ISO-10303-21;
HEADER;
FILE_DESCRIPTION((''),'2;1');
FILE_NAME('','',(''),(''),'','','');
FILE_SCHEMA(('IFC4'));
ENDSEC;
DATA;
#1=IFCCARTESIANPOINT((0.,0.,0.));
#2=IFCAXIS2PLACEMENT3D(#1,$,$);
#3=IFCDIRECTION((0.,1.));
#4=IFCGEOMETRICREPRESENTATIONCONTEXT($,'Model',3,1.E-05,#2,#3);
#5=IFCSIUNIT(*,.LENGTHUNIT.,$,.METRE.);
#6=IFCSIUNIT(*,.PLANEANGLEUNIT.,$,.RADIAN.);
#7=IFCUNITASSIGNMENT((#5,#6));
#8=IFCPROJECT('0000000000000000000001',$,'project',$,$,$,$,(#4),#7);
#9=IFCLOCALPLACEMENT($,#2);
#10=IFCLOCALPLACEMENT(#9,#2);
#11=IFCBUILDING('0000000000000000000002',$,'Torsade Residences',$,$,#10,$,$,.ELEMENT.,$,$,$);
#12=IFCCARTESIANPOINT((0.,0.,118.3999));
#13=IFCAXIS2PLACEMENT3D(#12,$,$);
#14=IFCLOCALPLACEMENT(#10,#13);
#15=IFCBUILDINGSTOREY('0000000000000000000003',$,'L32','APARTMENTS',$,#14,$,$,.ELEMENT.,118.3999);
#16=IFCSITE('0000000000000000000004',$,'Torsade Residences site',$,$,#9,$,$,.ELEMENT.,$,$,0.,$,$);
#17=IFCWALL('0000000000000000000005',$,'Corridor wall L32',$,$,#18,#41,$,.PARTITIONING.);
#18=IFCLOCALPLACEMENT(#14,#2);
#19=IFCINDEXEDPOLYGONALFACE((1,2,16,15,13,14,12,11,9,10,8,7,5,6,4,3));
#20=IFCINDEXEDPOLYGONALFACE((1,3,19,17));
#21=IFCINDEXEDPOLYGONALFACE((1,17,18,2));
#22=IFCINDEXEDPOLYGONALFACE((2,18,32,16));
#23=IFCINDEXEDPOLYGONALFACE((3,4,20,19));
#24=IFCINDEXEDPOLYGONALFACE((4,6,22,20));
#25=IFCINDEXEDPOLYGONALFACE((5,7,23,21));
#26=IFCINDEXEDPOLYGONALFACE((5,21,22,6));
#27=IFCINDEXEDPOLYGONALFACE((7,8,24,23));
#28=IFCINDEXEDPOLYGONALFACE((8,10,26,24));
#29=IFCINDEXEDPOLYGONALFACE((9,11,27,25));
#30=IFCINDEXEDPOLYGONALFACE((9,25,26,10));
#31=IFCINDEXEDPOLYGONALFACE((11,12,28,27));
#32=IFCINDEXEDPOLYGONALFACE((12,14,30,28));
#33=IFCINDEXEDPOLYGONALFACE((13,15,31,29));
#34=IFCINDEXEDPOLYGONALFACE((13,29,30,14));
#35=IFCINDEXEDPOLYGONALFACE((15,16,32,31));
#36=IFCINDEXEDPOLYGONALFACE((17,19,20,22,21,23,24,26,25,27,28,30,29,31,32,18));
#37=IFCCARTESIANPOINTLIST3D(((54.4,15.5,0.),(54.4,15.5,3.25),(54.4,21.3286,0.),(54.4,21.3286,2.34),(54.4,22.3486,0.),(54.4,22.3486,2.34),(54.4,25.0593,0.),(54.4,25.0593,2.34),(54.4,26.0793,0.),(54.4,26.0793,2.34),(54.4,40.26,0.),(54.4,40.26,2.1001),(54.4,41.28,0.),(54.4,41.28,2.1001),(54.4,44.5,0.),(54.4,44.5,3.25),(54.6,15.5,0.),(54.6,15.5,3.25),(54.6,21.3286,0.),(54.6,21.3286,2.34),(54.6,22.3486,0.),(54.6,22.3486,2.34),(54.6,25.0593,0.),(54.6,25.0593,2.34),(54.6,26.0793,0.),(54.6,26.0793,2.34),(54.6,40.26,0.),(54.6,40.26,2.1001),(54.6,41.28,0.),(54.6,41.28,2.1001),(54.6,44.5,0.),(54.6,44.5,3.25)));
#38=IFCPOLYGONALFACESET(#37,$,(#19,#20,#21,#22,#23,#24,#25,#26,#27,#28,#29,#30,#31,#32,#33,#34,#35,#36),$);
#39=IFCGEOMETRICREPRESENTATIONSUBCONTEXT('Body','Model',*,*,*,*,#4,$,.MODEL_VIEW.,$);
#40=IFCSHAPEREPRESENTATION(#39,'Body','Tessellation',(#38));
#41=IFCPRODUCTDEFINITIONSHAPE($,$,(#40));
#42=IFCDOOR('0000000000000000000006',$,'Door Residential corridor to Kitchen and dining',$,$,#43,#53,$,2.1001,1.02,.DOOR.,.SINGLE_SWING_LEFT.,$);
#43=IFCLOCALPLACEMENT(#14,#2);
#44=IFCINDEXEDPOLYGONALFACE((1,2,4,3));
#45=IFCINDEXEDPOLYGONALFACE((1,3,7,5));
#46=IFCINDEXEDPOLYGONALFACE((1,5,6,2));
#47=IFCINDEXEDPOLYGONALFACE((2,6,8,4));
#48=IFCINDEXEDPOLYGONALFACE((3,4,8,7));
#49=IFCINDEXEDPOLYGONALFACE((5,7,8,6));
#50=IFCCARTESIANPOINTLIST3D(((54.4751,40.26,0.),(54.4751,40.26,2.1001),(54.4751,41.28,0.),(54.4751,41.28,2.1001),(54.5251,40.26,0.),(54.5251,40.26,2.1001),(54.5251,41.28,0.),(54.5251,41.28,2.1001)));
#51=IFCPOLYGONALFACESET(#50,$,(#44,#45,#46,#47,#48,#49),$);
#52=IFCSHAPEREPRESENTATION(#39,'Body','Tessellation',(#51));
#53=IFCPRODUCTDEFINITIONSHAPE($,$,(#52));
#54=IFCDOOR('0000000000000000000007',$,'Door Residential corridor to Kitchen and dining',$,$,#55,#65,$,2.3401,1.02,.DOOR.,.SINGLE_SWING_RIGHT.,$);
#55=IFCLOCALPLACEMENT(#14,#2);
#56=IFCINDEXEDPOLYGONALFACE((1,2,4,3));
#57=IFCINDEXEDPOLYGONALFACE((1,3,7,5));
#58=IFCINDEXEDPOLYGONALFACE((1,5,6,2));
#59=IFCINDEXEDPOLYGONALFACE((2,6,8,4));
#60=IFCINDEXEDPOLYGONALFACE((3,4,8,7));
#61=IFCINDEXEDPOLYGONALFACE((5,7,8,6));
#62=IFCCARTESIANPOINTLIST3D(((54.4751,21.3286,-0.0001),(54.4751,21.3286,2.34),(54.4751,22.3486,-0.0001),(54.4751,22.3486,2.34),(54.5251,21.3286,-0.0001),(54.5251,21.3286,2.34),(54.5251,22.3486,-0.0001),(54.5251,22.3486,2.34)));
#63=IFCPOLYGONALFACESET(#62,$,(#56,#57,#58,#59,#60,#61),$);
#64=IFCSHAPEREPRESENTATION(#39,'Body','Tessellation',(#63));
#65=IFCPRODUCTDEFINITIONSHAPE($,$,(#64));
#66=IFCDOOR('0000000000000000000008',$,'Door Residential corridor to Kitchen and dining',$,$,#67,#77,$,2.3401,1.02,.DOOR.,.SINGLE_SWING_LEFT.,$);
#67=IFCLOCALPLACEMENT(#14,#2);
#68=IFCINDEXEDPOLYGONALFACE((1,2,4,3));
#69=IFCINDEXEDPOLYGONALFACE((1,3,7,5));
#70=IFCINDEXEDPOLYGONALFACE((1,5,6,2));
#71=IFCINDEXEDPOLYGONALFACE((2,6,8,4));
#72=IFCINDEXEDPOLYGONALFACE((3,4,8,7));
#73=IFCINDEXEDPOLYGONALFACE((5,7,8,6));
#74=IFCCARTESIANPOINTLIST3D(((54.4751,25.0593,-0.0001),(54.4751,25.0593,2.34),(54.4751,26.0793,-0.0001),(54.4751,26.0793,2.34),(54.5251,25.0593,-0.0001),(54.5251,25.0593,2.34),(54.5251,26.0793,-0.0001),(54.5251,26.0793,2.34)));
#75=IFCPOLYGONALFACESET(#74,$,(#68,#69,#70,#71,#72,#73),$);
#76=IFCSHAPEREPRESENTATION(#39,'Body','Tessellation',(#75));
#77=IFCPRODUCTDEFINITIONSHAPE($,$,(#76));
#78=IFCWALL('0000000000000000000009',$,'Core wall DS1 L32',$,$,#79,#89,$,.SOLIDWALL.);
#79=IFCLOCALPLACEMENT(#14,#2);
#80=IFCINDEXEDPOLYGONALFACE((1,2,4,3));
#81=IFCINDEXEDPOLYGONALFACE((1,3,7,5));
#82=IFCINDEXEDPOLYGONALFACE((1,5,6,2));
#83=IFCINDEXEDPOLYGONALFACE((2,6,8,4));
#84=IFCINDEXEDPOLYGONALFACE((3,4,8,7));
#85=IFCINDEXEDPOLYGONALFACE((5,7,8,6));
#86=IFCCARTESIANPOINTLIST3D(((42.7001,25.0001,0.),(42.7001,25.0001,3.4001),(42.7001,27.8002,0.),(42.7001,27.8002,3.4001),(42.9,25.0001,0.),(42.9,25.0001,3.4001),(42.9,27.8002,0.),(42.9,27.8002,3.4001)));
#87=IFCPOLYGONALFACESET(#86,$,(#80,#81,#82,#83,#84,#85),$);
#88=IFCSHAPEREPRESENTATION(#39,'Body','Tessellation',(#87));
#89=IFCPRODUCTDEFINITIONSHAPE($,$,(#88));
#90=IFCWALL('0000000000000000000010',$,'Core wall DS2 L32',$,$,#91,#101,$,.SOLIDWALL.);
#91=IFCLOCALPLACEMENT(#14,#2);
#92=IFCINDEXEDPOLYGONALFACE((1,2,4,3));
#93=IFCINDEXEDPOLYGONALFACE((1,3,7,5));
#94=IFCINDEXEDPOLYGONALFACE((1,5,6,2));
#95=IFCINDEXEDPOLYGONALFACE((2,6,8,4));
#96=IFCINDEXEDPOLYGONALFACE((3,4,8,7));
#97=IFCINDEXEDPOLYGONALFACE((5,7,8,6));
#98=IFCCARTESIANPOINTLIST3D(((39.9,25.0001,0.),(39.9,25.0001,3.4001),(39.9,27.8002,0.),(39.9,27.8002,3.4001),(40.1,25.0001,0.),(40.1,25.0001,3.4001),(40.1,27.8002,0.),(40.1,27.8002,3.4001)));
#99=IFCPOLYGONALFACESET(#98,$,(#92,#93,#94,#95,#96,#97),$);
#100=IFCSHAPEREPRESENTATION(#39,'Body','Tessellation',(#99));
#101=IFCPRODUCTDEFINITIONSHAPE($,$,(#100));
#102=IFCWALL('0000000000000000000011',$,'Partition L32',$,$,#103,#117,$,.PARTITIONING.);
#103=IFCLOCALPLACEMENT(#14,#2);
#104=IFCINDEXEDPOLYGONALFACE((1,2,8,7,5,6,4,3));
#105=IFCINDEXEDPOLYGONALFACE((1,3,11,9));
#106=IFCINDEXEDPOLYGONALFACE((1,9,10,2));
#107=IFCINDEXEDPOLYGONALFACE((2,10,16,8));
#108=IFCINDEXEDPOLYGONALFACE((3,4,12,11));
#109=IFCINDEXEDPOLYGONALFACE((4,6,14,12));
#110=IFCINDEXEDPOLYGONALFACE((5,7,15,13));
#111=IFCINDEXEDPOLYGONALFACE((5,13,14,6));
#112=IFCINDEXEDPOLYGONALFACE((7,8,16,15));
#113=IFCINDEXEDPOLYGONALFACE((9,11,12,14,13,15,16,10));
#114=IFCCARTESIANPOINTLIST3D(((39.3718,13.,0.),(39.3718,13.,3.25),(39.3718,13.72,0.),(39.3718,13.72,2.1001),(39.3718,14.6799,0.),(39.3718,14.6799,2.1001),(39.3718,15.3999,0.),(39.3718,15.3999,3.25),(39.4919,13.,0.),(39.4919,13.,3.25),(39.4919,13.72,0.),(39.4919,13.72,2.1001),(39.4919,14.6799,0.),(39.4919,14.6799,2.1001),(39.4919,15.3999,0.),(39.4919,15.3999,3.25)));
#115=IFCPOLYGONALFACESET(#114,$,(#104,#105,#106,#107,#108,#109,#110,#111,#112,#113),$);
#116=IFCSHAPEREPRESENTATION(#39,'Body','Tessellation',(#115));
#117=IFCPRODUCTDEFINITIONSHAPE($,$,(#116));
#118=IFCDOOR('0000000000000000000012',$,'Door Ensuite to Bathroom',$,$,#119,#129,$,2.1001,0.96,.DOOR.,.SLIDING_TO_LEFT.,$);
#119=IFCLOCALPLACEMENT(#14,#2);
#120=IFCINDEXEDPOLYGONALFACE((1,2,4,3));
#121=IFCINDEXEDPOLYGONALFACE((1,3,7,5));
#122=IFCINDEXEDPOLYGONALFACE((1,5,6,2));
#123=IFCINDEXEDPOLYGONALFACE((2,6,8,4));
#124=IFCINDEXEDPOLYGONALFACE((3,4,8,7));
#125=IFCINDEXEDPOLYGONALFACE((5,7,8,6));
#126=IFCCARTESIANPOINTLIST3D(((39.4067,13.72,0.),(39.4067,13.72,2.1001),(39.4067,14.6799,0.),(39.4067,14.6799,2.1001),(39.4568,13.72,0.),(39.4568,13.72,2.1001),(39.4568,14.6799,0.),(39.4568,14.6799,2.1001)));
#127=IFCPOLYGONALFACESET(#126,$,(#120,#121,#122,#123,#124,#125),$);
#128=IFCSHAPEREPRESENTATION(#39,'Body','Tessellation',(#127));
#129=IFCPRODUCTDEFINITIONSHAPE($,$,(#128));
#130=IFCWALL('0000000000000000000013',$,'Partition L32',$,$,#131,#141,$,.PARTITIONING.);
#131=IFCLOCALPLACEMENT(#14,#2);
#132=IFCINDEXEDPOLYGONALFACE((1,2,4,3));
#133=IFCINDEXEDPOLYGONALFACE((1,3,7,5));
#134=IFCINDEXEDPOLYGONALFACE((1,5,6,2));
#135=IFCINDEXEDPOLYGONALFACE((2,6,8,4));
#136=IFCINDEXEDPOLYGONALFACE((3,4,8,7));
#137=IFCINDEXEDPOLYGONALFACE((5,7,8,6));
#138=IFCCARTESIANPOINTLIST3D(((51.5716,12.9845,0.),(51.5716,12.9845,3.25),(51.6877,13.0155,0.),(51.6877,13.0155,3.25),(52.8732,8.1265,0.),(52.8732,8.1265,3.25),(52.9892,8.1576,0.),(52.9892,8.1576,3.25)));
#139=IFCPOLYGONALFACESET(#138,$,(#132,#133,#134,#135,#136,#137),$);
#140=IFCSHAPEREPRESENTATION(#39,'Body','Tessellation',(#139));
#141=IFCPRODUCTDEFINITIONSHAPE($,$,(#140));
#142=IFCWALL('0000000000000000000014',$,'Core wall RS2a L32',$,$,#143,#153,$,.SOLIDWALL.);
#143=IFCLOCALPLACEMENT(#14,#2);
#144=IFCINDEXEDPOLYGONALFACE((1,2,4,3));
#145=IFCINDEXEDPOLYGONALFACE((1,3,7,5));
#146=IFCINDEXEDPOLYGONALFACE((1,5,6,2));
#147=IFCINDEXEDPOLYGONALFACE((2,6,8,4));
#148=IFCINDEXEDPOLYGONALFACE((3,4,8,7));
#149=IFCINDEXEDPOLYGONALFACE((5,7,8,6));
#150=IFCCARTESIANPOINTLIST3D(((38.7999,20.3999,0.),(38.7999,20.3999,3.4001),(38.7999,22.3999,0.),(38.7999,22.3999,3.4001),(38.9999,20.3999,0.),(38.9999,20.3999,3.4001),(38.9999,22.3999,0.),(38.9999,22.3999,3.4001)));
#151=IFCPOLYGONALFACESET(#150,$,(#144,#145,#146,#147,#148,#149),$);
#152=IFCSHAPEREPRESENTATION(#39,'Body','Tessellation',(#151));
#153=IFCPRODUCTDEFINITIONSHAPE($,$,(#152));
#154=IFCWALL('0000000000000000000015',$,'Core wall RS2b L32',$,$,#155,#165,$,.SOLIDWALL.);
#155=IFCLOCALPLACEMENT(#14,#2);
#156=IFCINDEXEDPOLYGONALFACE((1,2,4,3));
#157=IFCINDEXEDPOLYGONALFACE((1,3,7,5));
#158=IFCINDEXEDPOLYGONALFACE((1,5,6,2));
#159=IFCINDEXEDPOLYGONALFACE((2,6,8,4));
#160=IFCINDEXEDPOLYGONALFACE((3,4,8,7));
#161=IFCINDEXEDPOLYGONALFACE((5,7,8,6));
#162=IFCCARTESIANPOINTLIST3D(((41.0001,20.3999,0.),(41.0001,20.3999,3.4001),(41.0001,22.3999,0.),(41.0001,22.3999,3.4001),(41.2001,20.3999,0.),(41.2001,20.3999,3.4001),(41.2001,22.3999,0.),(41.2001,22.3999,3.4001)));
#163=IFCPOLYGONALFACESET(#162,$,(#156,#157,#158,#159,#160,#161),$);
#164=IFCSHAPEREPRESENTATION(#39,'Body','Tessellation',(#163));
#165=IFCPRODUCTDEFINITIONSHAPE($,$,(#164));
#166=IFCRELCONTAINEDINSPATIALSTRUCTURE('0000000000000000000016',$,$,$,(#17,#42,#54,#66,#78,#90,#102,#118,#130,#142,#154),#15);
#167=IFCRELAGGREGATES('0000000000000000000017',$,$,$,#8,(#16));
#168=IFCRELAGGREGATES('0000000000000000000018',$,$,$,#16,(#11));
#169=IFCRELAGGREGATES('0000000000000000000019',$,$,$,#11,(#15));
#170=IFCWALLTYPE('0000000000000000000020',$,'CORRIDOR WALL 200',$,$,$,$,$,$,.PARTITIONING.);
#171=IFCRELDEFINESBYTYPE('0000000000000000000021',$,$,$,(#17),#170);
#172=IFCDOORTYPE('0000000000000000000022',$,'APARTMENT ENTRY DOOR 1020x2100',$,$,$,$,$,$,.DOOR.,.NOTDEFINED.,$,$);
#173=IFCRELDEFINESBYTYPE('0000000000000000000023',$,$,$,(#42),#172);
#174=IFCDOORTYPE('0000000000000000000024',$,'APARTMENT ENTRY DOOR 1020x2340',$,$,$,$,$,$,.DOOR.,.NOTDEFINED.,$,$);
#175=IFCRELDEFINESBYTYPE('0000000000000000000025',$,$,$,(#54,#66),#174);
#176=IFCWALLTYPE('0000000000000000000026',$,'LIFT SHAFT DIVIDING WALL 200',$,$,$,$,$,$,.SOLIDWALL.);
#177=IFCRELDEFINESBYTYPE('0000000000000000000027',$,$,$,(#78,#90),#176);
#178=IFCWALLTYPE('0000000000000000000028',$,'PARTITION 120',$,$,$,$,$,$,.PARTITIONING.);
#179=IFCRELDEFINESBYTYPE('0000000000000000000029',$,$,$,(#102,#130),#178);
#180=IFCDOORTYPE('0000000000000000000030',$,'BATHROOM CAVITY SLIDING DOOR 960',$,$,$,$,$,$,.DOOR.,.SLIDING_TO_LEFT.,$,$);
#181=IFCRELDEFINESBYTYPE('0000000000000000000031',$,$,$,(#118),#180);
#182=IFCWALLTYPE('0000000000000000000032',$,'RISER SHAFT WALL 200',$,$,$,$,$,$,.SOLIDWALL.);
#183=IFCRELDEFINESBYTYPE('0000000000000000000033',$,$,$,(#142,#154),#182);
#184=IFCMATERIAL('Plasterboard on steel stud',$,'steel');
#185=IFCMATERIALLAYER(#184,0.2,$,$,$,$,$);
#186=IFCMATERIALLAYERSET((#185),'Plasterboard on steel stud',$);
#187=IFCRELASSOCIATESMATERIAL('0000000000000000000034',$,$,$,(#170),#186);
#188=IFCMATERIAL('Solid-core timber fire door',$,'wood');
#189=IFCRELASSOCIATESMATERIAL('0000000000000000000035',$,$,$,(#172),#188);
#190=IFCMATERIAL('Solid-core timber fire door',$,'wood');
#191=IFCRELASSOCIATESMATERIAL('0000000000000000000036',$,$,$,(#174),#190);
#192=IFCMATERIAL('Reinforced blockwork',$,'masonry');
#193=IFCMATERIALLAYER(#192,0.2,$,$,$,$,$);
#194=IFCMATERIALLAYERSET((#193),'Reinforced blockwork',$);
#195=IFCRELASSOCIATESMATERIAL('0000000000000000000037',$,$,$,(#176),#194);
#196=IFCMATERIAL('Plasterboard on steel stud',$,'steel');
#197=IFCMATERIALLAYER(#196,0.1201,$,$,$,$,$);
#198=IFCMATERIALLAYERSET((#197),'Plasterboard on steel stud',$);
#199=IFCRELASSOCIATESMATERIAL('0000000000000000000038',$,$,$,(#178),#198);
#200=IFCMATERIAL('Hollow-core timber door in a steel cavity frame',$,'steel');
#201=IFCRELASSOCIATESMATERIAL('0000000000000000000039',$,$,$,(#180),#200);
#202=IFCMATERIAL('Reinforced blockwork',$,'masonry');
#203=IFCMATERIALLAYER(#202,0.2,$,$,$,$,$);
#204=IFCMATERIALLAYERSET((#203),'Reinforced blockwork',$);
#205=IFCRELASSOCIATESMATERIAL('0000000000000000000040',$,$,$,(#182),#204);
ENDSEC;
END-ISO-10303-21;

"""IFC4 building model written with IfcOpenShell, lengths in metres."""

from ifc_helpers import new_model, si_unit, direction, frame, frame_2d, origin, place, context, subcontext, project, spatial, rectangle, extrude, material, layer, layer_set, type_object, element, fill, save


model = new_model("IFC4")

# Units and contexts
model_context = context("Model", 3, precision=1e-05, world=origin(), true_north=direction((0.0, 1.0)))
body_context = subcontext(model_context, "Body", "Model", "MODEL_VIEW")
ifc_project = project(units=[si_unit("LENGTHUNIT", "METRE"), si_unit("PLANEANGLEUNIT", "RADIAN")], contexts=[model_context])

# Site, building, storey
site_placement = place(None, origin())
site = spatial("IfcSite", under=ifc_project, at=site_placement, Name="Torsade Residences site", CompositionType="ELEMENT", RefElevation=0.0)
building_placement = place(site_placement, origin())
building = spatial("IfcBuilding", under=site, at=building_placement, Name="Torsade Residences", CompositionType="ELEMENT")
storey_placement = place(building_placement, frame((0.0, 0.0, 118.3999)))
storey = spatial("IfcBuildingStorey", under=building, at=storey_placement, Name="L32", Description="APARTMENTS", CompositionType="ELEMENT", Elevation=118.3999)

# Wall, openings, doors
ifc_material_1 = material(Name="Plasterboard on steel stud", Category="steel")
ifc_layer_1 = layer(ifc_material_1, 0.2)
ifc_layer_set_1 = layer_set([ifc_layer_1], Name="Plasterboard on steel stud")
wall_type_1 = type_object("IfcWallType", Name="CORRIDOR WALL 200", PredefinedType="PARTITIONING", material=ifc_layer_set_1)
wall_1_placement = place(storey_placement, frame((54.5, 15.5, 0.0), z_axis=(0.0, 0.0, 1.0), x_axis=(0.0, 1.0, 0.0)))
wall_1 = element("IfcWall", 1, at=wall_1_placement, inside=storey, type_object=wall_type_1, Name="Corridor wall L32", PredefinedType="PARTITIONING", context=body_context, shape_type="SweptSolid", body=[
    extrude(rectangle(XDim=29.0, YDim=0.2, at=frame_2d((14.5, 0.0))), origin(), (0.0, 0.0, 1.0), 3.25),
])
opening_1_placement = place(wall_1_placement, frame((24.76, 0.0, 0.0)))
opening_1 = element("IfcOpeningElement", 2, at=opening_1_placement, cuts=wall_1, PredefinedType="OPENING", context=body_context, shape_type="SweptSolid", body=[
    extrude(rectangle(XDim=1.02, YDim=2.1001, at=frame_2d((0.51, 1.05))), frame((0.0, 0.1099, 0.0), z_axis=(0.0, -1.0, 0.0), x_axis=(1.0, 0.0, 0.0)), (0.0, 0.0, 1.0), 0.22),
])
opening_2_placement = place(wall_1_placement, frame((5.8286, 0.0, 0.0)))
opening_2 = element("IfcOpeningElement", 3, at=opening_2_placement, cuts=wall_1, PredefinedType="OPENING", context=body_context, shape_type="SweptSolid", body=[
    extrude(rectangle(XDim=1.02, YDim=2.3401, at=frame_2d((0.51, 1.1699))), frame((0.0, 0.1099, 0.0), z_axis=(0.0, -1.0, 0.0), x_axis=(1.0, 0.0, 0.0)), (0.0, 0.0, 1.0), 0.22),
])
opening_3_placement = place(wall_1_placement, frame((9.5593, 0.0, 0.0)))
opening_3 = element("IfcOpeningElement", 4, at=opening_3_placement, cuts=wall_1, PredefinedType="OPENING", context=body_context, shape_type="SweptSolid", body=[
    extrude(rectangle(XDim=1.02, YDim=2.3401, at=frame_2d((0.51, 1.1699))), frame((0.0, 0.1099, 0.0), z_axis=(0.0, -1.0, 0.0), x_axis=(1.0, 0.0, 0.0)), (0.0, 0.0, 1.0), 0.22),
])
ifc_material_2 = material(Name="Solid-core timber fire door", Category="wood")
door_type_1 = type_object("IfcDoorType", Name="APARTMENT ENTRY DOOR 1020x2100", OperationType="NOTDEFINED", PredefinedType="DOOR", material=ifc_material_2)
door_1_placement = place(opening_1_placement, origin())
door_1 = element("IfcDoor", 5, at=door_1_placement, inside=storey, type_object=door_type_1, Name="Door Residential corridor to Kitchen and dining", OperationType="SINGLE_SWING_LEFT", OverallHeight=2.1001, OverallWidth=1.02, PredefinedType="DOOR", context=body_context, shape_type="SweptSolid", body=[
    extrude(rectangle(XDim=1.02, YDim=2.1001, at=frame_2d((0.51, 1.05))), frame((0.0, 0.0249, 0.0), z_axis=(0.0, -1.0, 0.0), x_axis=(1.0, 0.0, 0.0)), (0.0, 0.0, 1.0), 0.05),
])
fill(opening_1, door_1)
ifc_material_3 = material(Name="Solid-core timber fire door", Category="wood")
door_type_2 = type_object("IfcDoorType", Name="APARTMENT ENTRY DOOR 1020x2340", OperationType="NOTDEFINED", PredefinedType="DOOR", material=ifc_material_3)
door_2_placement = place(opening_2_placement, origin())
door_2 = element("IfcDoor", 6, at=door_2_placement, inside=storey, type_object=door_type_2, Name="Door Residential corridor to Kitchen and dining", OperationType="SINGLE_SWING_RIGHT", OverallHeight=2.3401, OverallWidth=1.02, PredefinedType="DOOR", context=body_context, shape_type="SweptSolid", body=[
    extrude(rectangle(XDim=1.02, YDim=2.3401, at=frame_2d((0.51, 1.1699))), frame((0.0, 0.0249, 0.0), z_axis=(0.0, -1.0, 0.0), x_axis=(1.0, 0.0, 0.0)), (0.0, 0.0, 1.0), 0.05),
])
fill(opening_2, door_2)
door_3_placement = place(opening_3_placement, origin())
door_3 = element("IfcDoor", 7, at=door_3_placement, inside=storey, type_object=door_type_2, Name="Door Residential corridor to Kitchen and dining", OperationType="SINGLE_SWING_LEFT", OverallHeight=2.3401, OverallWidth=1.02, PredefinedType="DOOR", context=body_context, shape_type="SweptSolid", body=[
    extrude(rectangle(XDim=1.02, YDim=2.3401, at=frame_2d((0.51, 1.1699))), frame((0.0, 0.0249, 0.0), z_axis=(0.0, -1.0, 0.0), x_axis=(1.0, 0.0, 0.0)), (0.0, 0.0, 1.0), 0.05),
])
fill(opening_3, door_3)

# Walls
ifc_material_4 = material(Name="Reinforced blockwork", Category="masonry")
ifc_layer_2 = layer(ifc_material_4, 0.2)
ifc_layer_set_2 = layer_set([ifc_layer_2], Name="Reinforced blockwork")
wall_type_2 = type_object("IfcWallType", Name="LIFT SHAFT DIVIDING WALL 200", PredefinedType="SOLIDWALL", material=ifc_layer_set_2)
for number, where, z_axis, x_axis, name in (
    (8, (42.8, 27.8, 0.0), (0.0, 0.0, 1.0), (0.0, -1.0, 0.0), "Core wall DS1 L32"),
    (9, (40.0, 27.8, 0.0), (0.0, 0.0, 1.0), (0.0, -1.0, 0.0), "Core wall DS2 L32"),
):
    element("IfcWall", number, at=place(storey_placement, frame(where, z_axis=z_axis, x_axis=x_axis)), inside=storey, type_object=wall_type_2, Name=name, PredefinedType="SOLIDWALL", context=body_context, shape_type="SweptSolid", body=[
        extrude(rectangle(XDim=2.8, YDim=0.2, at=frame_2d((1.3999, 0.0))), origin(), (0.0, 0.0, 1.0), 3.4001),
    ])

# Wall, opening, door
ifc_material_5 = material(Name="Plasterboard on steel stud", Category="steel")
ifc_layer_3 = layer(ifc_material_5, 0.1201)
ifc_layer_set_3 = layer_set([ifc_layer_3], Name="Plasterboard on steel stud")
wall_type_3 = type_object("IfcWallType", Name="PARTITION 120", PredefinedType="PARTITIONING", material=ifc_layer_set_3)
wall_2_placement = place(storey_placement, frame((39.4319, 15.3999, 0.0), z_axis=(0.0, 0.0, 1.0), x_axis=(0.0, -1.0, 0.0)))
wall_2 = element("IfcWall", 10, at=wall_2_placement, inside=storey, type_object=wall_type_3, Name="Partition L32", PredefinedType="PARTITIONING", context=body_context, shape_type="SweptSolid", body=[
    extrude(rectangle(XDim=2.3999, YDim=0.1201, at=frame_2d((1.2, 0.0))), origin(), (0.0, 0.0, 1.0), 3.25),
])
opening_4_placement = place(wall_2_placement, frame((0.72, 0.0, 0.0)))
opening_4 = element("IfcOpeningElement", 11, at=opening_4_placement, cuts=wall_2, PredefinedType="OPENING", context=body_context, shape_type="SweptSolid", body=[
    extrude(rectangle(XDim=0.96, YDim=2.1001, at=frame_2d((0.48, 1.05))), frame((0.0, 0.0701, 0.0), z_axis=(0.0, -1.0, 0.0), x_axis=(1.0, 0.0, 0.0)), (0.0, 0.0, 1.0), 0.1401),
])
ifc_material_6 = material(Name="Hollow-core timber door in a steel cavity frame", Category="steel")
door_type_3 = type_object("IfcDoorType", Name="BATHROOM CAVITY SLIDING DOOR 960", OperationType="SLIDING_TO_LEFT", PredefinedType="DOOR", material=ifc_material_6)
door_4_placement = place(opening_4_placement, origin())
door_4 = element("IfcDoor", 12, at=door_4_placement, inside=storey, type_object=door_type_3, Name="Door Ensuite to Bathroom", OperationType="SLIDING_TO_LEFT", OverallHeight=2.1001, OverallWidth=0.96, PredefinedType="DOOR", context=body_context, shape_type="SweptSolid", body=[
    extrude(rectangle(XDim=0.96, YDim=2.1001, at=frame_2d((0.48, 1.05))), frame((0.0, 0.0249, 0.0), z_axis=(0.0, -1.0, 0.0), x_axis=(1.0, 0.0, 0.0)), (0.0, 0.0, 1.0), 0.05),
])
fill(opening_4, door_4)

# Walls
wall_3_placement = place(storey_placement, frame((51.6296, 13.0, 0.0), z_axis=(0.0, 0.0, 1.0), x_axis=(0.258789, -0.965934, 0.0)))
element("IfcWall", 13, at=wall_3_placement, inside=storey, type_object=wall_type_3, Name="Partition L32", PredefinedType="PARTITIONING", context=body_context, shape_type="SweptSolid", body=[
    extrude(rectangle(XDim=5.0293, YDim=0.1201, at=frame_2d((2.5146, 0.0))), origin(), (0.0, 0.0, 1.0), 3.25),
])
ifc_material_7 = material(Name="Reinforced blockwork", Category="masonry")
ifc_layer_4 = layer(ifc_material_7, 0.2)
ifc_layer_set_4 = layer_set([ifc_layer_4], Name="Reinforced blockwork")
wall_type_4 = type_object("IfcWallType", Name="RISER SHAFT WALL 200", PredefinedType="SOLIDWALL", material=ifc_layer_set_4)
for number, where, z_axis, x_axis, name in (
    (14, (38.8999, 22.3999, 0.0), (0.0, 0.0, 1.0), (0.0, -1.0, 0.0), "Core wall RS2a L32"),
    (15, (41.1001, 22.3999, 0.0), (0.0, 0.0, 1.0), (0.0, -1.0, 0.0), "Core wall RS2b L32"),
):
    element("IfcWall", number, at=place(storey_placement, frame(where, z_axis=z_axis, x_axis=x_axis)), inside=storey, type_object=wall_type_4, Name=name, PredefinedType="SOLIDWALL", context=body_context, shape_type="SweptSolid", body=[
        extrude(rectangle(XDim=2.0, YDim=0.2, at=frame_2d((1.0, 0.0))), origin(), (0.0, 0.0, 1.0), 3.4001),
    ])

save(model, "model.ifc")
